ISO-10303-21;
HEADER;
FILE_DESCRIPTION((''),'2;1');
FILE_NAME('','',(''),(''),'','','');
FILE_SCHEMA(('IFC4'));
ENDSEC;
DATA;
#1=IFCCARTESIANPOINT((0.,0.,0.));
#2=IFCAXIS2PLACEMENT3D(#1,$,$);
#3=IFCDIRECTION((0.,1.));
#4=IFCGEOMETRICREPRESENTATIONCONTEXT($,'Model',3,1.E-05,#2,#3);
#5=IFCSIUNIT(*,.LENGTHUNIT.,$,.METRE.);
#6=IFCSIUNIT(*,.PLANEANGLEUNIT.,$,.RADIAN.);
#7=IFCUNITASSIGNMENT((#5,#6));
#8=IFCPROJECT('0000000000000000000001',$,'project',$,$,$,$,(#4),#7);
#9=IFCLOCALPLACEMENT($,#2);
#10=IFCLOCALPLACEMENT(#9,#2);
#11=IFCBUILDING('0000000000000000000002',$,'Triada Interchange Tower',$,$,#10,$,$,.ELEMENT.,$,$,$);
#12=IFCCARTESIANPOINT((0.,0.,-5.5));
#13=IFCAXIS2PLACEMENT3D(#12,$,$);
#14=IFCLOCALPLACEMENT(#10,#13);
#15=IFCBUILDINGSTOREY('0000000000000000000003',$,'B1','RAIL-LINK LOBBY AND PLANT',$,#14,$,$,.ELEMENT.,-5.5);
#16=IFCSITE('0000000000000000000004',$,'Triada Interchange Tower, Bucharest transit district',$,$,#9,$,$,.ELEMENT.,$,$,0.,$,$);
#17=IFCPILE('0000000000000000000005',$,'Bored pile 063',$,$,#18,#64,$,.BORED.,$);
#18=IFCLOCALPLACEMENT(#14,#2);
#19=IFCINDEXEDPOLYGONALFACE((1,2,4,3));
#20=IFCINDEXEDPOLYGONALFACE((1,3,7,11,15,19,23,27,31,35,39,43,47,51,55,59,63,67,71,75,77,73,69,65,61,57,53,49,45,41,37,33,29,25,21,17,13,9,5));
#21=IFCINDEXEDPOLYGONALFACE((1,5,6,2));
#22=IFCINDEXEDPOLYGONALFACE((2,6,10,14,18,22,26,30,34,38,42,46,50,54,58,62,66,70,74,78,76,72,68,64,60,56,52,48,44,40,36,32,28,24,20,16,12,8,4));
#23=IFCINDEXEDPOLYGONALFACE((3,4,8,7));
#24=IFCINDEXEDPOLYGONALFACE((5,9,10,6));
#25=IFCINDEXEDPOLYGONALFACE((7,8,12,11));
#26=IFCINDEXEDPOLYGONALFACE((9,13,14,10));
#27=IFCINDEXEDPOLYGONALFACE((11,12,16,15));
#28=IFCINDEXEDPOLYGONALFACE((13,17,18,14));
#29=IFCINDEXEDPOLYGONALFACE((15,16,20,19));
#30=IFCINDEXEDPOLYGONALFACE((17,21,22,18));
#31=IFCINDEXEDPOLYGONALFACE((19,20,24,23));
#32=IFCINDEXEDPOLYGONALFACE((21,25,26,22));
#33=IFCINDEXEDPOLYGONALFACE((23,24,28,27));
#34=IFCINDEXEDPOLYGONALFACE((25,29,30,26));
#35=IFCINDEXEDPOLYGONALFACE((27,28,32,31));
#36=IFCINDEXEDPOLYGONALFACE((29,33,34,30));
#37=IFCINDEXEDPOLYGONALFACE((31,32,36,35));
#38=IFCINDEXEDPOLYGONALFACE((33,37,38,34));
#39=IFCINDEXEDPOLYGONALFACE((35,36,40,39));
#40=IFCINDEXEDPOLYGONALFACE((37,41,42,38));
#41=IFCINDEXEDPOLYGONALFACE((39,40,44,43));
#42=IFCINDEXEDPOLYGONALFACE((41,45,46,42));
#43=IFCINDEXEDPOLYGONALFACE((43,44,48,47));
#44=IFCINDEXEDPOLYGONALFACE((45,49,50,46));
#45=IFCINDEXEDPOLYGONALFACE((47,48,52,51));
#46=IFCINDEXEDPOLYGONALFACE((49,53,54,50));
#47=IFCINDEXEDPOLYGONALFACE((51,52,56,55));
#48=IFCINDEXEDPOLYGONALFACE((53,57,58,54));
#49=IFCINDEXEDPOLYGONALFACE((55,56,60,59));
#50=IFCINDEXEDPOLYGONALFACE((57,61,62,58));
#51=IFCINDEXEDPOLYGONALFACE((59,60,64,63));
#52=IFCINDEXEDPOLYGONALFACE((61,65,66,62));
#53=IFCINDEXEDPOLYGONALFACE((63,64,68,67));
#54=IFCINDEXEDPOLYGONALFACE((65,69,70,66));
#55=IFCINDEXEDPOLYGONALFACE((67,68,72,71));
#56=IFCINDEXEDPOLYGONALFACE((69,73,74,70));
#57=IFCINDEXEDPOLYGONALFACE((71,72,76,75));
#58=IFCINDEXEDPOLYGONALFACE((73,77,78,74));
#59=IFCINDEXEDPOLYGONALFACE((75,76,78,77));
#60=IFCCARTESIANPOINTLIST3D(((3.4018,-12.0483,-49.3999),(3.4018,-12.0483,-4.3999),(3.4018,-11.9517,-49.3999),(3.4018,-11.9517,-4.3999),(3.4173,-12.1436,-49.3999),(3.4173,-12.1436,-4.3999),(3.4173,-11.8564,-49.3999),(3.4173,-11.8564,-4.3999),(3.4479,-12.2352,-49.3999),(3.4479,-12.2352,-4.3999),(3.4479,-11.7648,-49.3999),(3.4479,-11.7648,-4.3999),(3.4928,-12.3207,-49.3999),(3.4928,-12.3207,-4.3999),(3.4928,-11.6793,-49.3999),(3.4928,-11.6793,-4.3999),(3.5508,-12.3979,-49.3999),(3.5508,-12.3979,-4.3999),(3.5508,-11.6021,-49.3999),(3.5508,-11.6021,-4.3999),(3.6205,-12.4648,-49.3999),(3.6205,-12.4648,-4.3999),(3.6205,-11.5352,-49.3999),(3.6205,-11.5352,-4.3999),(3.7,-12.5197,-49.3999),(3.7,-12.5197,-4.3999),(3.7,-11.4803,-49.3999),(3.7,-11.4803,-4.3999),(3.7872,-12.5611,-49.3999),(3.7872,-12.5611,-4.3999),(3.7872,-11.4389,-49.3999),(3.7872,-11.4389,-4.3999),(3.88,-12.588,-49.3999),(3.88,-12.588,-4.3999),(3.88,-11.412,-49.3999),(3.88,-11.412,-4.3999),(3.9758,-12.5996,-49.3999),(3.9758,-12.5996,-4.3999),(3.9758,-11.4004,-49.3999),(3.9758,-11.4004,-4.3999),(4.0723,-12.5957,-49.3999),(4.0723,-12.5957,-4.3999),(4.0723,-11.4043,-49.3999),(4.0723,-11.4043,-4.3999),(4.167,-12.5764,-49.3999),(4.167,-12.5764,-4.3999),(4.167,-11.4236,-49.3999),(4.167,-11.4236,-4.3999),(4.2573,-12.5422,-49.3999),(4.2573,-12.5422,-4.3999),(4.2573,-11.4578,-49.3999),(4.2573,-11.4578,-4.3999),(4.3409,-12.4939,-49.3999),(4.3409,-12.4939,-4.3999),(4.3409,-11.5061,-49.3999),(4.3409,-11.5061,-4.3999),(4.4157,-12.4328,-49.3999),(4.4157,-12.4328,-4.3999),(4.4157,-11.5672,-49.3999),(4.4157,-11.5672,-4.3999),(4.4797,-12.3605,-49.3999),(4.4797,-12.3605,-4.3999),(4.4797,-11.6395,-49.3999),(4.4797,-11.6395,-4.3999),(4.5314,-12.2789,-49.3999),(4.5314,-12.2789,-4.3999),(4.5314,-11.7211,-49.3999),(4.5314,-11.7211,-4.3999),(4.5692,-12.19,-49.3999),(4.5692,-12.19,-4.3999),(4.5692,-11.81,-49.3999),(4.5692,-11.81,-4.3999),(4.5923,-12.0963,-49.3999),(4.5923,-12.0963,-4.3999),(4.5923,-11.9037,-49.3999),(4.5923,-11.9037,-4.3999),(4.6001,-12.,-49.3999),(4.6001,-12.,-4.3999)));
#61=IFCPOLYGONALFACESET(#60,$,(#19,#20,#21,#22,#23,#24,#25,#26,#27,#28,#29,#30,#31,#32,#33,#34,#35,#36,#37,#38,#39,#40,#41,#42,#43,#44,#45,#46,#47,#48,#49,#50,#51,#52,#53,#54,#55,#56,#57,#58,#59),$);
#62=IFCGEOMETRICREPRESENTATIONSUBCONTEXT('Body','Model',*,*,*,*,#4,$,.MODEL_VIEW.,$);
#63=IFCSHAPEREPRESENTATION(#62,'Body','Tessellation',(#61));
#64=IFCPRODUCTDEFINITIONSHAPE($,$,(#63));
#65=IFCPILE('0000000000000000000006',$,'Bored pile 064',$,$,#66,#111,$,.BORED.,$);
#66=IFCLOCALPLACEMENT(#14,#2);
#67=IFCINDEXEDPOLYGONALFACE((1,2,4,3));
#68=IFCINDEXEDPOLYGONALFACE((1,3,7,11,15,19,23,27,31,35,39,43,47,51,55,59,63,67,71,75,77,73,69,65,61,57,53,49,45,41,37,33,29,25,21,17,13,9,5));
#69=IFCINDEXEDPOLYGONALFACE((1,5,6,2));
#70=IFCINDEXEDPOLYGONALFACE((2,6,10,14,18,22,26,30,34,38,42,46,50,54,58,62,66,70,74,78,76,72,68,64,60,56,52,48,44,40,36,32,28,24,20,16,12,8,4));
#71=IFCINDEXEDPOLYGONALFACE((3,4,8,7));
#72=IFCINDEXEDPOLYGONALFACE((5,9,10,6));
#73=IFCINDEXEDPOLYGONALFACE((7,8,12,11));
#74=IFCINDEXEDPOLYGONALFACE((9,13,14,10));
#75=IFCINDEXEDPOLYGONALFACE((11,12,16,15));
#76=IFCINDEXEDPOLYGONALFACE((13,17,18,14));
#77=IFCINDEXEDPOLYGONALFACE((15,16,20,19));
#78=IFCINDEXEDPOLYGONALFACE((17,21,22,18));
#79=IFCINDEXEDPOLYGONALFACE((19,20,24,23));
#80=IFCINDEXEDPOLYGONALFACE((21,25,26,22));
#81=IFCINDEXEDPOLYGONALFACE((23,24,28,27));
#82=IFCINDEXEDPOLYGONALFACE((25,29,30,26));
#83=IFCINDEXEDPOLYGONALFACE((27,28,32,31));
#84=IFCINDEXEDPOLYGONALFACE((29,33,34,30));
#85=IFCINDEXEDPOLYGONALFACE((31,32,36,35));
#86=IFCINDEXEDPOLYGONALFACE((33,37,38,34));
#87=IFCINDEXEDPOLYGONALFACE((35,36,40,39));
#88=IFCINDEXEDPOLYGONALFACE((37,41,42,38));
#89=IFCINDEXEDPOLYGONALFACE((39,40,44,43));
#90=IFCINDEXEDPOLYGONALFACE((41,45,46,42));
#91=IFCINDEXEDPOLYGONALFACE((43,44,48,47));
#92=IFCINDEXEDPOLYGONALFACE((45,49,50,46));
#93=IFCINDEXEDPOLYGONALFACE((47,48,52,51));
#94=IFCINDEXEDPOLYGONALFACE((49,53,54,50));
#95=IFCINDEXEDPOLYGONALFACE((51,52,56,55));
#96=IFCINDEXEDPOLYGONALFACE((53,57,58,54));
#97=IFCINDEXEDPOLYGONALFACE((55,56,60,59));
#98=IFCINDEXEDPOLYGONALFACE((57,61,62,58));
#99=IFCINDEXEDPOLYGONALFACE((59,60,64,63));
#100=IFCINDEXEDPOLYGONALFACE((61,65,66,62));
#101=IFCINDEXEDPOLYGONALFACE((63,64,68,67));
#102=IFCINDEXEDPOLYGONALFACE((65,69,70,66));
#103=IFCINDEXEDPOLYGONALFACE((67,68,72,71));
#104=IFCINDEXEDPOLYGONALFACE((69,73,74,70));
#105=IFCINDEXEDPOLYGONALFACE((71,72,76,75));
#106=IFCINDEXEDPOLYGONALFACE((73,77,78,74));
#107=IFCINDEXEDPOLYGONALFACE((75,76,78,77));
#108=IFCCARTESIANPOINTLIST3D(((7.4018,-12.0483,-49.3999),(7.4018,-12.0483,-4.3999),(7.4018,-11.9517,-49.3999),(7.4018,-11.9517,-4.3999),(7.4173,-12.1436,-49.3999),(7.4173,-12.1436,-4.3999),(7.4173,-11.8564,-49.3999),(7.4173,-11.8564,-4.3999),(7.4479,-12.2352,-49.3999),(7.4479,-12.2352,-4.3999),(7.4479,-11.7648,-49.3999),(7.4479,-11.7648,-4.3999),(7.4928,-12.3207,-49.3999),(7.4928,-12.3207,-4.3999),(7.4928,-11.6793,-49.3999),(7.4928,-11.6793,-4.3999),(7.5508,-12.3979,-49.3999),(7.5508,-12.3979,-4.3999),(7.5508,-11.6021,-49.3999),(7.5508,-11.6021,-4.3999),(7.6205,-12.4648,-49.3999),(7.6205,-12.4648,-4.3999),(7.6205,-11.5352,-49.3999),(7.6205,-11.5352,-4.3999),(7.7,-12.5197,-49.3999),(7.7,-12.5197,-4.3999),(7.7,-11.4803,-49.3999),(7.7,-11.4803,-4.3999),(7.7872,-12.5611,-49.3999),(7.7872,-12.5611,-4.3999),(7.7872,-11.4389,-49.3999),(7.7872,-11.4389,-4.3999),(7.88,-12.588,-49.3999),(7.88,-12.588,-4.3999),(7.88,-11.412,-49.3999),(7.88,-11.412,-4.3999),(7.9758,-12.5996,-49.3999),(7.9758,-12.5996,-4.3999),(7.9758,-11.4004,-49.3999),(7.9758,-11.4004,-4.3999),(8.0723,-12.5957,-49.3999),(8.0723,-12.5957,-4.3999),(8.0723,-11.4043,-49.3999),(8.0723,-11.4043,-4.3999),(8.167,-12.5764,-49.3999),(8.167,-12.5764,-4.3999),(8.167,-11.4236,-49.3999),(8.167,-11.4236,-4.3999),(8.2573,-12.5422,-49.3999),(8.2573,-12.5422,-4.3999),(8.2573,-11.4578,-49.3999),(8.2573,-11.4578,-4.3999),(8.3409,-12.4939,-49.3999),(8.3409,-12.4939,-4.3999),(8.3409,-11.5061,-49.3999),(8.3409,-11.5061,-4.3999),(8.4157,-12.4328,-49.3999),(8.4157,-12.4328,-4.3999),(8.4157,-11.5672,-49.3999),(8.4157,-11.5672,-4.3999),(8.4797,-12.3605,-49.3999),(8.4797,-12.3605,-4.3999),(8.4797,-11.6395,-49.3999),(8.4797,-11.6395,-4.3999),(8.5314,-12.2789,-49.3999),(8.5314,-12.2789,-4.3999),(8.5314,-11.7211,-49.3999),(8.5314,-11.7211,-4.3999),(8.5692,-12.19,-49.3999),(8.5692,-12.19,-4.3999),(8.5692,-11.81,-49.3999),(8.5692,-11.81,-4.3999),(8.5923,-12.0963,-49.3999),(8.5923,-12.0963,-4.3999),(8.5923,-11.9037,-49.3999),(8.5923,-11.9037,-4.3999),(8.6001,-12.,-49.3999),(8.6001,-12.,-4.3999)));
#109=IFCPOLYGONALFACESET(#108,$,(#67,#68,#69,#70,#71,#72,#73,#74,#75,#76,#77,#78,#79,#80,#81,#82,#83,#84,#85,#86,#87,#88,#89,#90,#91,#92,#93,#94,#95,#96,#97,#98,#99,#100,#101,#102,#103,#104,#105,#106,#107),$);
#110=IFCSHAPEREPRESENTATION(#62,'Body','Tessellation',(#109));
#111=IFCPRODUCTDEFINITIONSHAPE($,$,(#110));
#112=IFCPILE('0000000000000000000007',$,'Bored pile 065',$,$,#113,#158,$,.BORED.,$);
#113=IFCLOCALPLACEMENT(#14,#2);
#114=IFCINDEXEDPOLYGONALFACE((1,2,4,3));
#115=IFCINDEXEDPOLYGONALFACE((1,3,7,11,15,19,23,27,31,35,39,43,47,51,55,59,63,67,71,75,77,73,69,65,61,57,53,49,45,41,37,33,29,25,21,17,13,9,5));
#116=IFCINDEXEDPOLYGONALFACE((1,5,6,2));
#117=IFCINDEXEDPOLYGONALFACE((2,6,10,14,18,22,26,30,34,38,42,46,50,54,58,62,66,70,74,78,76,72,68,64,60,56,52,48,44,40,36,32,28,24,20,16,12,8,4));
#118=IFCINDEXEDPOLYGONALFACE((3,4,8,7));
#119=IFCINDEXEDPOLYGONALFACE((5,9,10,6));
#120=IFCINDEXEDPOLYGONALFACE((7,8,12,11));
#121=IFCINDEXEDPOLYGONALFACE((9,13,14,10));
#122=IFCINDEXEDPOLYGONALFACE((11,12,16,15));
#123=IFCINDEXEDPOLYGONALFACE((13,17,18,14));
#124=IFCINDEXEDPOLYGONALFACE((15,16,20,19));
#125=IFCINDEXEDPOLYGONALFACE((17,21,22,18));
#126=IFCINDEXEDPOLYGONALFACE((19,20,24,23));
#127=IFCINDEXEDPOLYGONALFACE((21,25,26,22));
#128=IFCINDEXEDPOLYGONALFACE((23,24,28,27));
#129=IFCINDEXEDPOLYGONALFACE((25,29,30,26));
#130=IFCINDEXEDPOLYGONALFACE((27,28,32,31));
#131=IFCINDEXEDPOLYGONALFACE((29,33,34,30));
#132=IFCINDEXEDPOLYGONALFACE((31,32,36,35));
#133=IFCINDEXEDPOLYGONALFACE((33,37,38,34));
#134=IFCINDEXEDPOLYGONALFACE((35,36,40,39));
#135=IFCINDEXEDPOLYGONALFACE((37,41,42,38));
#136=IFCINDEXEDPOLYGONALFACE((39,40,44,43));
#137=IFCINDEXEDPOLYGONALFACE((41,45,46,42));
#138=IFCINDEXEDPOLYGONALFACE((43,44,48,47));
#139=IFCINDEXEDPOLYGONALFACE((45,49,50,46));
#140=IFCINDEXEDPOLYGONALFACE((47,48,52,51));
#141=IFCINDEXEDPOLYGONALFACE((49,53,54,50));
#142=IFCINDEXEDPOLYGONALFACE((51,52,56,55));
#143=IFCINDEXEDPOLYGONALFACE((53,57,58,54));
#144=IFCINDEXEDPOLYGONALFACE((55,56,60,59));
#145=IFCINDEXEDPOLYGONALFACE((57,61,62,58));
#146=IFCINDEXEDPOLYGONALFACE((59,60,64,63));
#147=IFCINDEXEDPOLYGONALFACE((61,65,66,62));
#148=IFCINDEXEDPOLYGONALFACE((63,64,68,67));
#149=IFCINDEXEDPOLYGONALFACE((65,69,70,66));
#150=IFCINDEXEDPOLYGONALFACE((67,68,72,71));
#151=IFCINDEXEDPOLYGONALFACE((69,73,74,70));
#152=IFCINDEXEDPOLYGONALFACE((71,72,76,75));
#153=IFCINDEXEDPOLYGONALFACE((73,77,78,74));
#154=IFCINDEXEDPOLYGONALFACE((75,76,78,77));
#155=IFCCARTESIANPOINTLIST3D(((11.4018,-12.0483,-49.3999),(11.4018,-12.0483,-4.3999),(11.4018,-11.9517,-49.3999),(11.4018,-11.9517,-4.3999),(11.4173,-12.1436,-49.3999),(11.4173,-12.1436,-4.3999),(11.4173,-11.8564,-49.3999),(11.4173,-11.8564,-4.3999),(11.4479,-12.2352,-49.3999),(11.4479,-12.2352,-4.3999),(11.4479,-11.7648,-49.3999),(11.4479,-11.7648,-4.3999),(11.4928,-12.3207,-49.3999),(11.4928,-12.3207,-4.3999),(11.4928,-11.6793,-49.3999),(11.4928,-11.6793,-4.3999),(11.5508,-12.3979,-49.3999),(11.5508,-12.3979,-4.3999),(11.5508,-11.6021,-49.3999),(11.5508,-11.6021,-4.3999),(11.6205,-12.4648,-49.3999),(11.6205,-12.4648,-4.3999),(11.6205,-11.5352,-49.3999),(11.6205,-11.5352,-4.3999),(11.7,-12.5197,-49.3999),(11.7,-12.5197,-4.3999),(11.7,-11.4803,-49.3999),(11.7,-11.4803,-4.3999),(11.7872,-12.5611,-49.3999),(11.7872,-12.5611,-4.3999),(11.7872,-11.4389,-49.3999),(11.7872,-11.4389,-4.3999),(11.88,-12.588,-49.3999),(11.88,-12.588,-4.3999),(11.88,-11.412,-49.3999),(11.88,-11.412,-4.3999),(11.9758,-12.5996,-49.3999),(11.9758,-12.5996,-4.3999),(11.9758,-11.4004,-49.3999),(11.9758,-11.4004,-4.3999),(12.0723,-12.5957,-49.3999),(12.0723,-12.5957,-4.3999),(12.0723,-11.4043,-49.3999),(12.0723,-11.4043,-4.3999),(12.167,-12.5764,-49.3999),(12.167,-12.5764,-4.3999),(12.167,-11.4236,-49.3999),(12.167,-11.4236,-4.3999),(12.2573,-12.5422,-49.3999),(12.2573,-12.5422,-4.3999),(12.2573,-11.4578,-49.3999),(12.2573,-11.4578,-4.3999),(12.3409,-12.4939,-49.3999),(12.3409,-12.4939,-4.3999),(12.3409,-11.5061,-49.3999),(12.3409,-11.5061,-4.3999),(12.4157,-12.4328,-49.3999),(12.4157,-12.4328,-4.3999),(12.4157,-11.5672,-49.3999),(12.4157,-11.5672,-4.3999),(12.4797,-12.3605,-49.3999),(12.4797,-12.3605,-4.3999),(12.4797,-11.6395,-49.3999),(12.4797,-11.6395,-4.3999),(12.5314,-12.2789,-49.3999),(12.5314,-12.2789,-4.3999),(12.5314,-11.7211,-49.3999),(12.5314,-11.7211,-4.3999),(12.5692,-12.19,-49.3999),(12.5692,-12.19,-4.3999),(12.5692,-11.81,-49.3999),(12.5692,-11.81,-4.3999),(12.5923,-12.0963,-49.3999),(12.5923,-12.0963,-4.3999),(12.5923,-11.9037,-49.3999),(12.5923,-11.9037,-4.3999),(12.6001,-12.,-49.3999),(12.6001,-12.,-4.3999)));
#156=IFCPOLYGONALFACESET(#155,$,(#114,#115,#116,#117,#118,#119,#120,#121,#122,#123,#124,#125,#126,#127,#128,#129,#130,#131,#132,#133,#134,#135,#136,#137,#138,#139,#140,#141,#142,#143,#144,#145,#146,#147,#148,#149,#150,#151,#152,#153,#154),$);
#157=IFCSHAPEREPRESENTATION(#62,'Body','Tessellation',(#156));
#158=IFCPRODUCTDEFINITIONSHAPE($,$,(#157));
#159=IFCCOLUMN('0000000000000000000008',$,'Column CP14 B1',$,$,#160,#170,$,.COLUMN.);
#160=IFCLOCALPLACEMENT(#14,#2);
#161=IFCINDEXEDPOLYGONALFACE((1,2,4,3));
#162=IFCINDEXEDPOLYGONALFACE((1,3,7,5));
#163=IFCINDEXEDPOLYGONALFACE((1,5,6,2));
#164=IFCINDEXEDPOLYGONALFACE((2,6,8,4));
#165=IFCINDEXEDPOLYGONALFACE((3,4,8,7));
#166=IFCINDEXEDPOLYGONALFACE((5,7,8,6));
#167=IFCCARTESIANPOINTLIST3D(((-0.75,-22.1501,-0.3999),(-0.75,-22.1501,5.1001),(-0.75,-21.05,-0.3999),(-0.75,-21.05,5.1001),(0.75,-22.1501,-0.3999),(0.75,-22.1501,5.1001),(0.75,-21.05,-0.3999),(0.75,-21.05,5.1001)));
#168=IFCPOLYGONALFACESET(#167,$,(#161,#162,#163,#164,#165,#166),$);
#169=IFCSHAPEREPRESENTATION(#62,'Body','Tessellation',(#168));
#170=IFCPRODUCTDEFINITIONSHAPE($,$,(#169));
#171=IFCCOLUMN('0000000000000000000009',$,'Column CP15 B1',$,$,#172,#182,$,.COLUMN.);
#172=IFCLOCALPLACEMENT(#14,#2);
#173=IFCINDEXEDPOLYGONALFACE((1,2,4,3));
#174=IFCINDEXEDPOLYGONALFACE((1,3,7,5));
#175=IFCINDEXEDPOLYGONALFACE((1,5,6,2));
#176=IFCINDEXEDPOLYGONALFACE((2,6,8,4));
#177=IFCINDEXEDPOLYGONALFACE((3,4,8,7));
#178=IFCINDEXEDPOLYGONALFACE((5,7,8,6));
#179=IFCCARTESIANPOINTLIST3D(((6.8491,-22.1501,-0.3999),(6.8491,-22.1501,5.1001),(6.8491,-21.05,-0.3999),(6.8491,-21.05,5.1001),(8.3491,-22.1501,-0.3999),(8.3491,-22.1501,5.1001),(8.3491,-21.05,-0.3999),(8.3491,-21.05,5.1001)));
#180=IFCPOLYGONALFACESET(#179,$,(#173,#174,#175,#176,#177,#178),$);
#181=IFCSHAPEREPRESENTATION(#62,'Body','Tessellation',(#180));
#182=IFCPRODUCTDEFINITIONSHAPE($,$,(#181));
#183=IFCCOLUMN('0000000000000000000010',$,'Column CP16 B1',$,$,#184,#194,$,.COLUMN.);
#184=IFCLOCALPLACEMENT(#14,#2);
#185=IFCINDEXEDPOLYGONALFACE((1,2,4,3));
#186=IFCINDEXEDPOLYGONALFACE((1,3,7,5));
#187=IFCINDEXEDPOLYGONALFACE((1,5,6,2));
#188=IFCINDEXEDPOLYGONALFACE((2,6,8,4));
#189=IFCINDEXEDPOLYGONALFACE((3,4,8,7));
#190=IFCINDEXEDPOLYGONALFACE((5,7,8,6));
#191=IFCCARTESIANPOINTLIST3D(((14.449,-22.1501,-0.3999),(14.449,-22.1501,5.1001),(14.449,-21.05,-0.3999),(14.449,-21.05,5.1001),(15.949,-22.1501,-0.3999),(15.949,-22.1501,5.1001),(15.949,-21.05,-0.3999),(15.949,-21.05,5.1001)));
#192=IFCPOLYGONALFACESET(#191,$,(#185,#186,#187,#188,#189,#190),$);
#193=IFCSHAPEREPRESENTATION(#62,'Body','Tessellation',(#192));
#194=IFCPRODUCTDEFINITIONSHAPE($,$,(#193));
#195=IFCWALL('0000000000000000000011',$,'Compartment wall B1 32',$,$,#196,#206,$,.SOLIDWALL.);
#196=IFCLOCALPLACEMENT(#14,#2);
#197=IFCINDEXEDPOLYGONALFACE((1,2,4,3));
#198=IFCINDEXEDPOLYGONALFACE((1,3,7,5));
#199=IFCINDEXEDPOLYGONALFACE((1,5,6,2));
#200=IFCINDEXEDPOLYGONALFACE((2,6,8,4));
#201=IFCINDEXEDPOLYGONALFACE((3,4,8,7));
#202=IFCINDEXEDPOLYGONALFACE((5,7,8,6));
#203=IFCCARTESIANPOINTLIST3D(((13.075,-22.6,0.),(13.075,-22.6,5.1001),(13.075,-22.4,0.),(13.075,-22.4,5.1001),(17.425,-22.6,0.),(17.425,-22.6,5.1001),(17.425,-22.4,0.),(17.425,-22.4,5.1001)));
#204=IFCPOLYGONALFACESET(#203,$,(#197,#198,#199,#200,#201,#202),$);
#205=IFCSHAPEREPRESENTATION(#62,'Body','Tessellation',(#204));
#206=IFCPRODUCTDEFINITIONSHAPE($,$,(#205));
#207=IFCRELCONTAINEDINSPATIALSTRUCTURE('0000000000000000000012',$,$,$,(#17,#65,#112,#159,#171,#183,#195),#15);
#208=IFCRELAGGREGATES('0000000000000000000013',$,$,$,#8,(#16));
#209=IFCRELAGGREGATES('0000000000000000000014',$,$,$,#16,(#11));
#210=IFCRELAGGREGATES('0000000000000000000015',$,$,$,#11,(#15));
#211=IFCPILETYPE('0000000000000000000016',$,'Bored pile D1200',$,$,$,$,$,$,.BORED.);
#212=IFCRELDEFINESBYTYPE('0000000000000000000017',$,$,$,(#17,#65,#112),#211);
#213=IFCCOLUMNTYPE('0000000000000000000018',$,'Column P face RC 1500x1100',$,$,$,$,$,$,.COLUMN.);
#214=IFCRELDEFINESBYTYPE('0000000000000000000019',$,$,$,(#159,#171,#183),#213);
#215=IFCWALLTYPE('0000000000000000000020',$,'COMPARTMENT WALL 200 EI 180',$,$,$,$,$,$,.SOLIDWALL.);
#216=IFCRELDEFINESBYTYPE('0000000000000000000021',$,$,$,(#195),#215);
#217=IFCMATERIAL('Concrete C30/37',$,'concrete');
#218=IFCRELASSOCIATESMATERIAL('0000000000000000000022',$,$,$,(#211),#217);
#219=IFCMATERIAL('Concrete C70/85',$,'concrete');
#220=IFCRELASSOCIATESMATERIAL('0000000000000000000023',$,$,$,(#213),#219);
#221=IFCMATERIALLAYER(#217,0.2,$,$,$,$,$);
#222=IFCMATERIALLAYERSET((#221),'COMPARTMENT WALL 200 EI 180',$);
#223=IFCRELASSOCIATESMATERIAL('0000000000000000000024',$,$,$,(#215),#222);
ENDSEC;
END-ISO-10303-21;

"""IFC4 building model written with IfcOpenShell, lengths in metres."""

from ifc_helpers import new_model, si_unit, direction, frame, frame_2d, origin, origin_2d, place, context, subcontext, project, spatial, rectangle, circle, extrude, material, layer, layer_set, material_profile, profile_set, type_object, element, save


model = new_model("IFC4")

# Units and contexts
model_context = context("Model", 3, precision=1e-05, world=origin(), true_north=direction((0.0, 1.0)))
body_context = subcontext(model_context, "Body", "Model", "MODEL_VIEW")
ifc_project = project(units=[si_unit("LENGTHUNIT", "METRE"), si_unit("PLANEANGLEUNIT", "RADIAN")], contexts=[model_context])

# Site, building, storey
site_placement = place(None, origin())
site = spatial("IfcSite", under=ifc_project, at=site_placement, Name="Triada Interchange Tower, Bucharest transit district", CompositionType="ELEMENT", RefElevation=0.0)
building_placement = place(site_placement, origin())
building = spatial("IfcBuilding", under=site, at=building_placement, Name="Triada Interchange Tower", CompositionType="ELEMENT")
storey_placement = place(building_placement, frame((0.0, 0.0, -5.5)))
storey = spatial("IfcBuildingStorey", under=building, at=storey_placement, Name="B1", Description="RAIL-LINK LOBBY AND PLANT", CompositionType="ELEMENT", Elevation=-5.5)

# Piles
ifc_material_1 = material(Name="Concrete C30/37", Category="concrete")
ifc_material_profile_1 = material_profile(ifc_material_1, circle(Radius=0.6001, at=origin_2d()), Name="RC D1200")
ifc_profile_set_1 = profile_set([ifc_material_profile_1], Name="Concrete C30/37")
pile_type = type_object("IfcPileType", Name="Bored pile D1200", PredefinedType="BORED", material=ifc_profile_set_1)
for number, where, z_axis, x_axis, name in (
    (1, (4.0, -12.0, -4.3999), (0.0, 0.0, -1.0), (1.0, 0.0, 0.0), "Bored pile 063"),
    (2, (8.0, -12.0, -4.3999), (0.0, 0.0, -1.0), (1.0, 0.0, 0.0), "Bored pile 064"),
    (3, (12.0, -12.0, -4.3999), (0.0, 0.0, -1.0), (1.0, 0.0, 0.0), "Bored pile 065"),
):
    element("IfcPile", number, at=place(storey_placement, frame(where, z_axis=z_axis, x_axis=x_axis)), inside=storey, type_object=pile_type, Name=name, PredefinedType="BORED", context=body_context, shape_type="SweptSolid", body=[
        extrude(circle(Radius=0.6001, at=origin_2d()), origin(), (0.0, 0.0, 1.0), 45.0),
    ])

# Columns
ifc_material_2 = material(Name="Concrete C70/85", Category="concrete")
ifc_material_profile_2 = material_profile(ifc_material_2, rectangle(XDim=1.5, YDim=1.1001, at=origin_2d()), Name="RC 1500x1100")
ifc_profile_set_2 = profile_set([ifc_material_profile_2], Name="Concrete C70/85")
column_type = type_object("IfcColumnType", Name="Column P face RC 1500x1100", PredefinedType="COLUMN", material=ifc_profile_set_2)
for number, where, z_axis, x_axis, name in (
    (4, (0.0, -21.6001, -0.3999), (0.0, 0.0, 1.0), (1.0, 0.0, 0.0), "Column CP14 B1"),
    (5, (7.5991, -21.6001, -0.3999), (0.0, 0.0, 1.0), (1.0, 0.0, 0.0), "Column CP15 B1"),
    (6, (15.199, -21.6001, -0.3999), (0.0, 0.0, 1.0), (1.0, 0.0, 0.0), "Column CP16 B1"),
):
    element("IfcColumn", number, at=place(storey_placement, frame(where, z_axis=z_axis, x_axis=x_axis)), inside=storey, type_object=column_type, Name=name, PredefinedType="COLUMN", context=body_context, shape_type="SweptSolid", body=[
        extrude(rectangle(XDim=1.5, YDim=1.1001, at=origin_2d()), origin(), (0.0, 0.0, 1.0), 5.5),
    ])

# Wall
ifc_layer_1 = layer(ifc_material_1, 0.2)
ifc_layer_set_1 = layer_set([ifc_layer_1], Name="COMPARTMENT WALL 200 EI 180")
wall_type_1 = type_object("IfcWallType", Name="COMPARTMENT WALL 200 EI 180", PredefinedType="SOLIDWALL", material=ifc_layer_set_1)
wall_1_placement = place(storey_placement, frame((13.075, -22.5, 0.0), z_axis=(0.0, 0.0, 1.0), x_axis=(1.0, 0.0, 0.0)))
element("IfcWall", 7, at=wall_1_placement, inside=storey, type_object=wall_type_1, Name="Compartment wall B1 32", PredefinedType="SOLIDWALL", context=body_context, shape_type="SweptSolid", body=[
    extrude(rectangle(XDim=4.3501, YDim=0.2, at=frame_2d((2.175, 0.0))), origin(), (0.0, 0.0, 1.0), 5.1001),
])

save(model, "model.ifc")
